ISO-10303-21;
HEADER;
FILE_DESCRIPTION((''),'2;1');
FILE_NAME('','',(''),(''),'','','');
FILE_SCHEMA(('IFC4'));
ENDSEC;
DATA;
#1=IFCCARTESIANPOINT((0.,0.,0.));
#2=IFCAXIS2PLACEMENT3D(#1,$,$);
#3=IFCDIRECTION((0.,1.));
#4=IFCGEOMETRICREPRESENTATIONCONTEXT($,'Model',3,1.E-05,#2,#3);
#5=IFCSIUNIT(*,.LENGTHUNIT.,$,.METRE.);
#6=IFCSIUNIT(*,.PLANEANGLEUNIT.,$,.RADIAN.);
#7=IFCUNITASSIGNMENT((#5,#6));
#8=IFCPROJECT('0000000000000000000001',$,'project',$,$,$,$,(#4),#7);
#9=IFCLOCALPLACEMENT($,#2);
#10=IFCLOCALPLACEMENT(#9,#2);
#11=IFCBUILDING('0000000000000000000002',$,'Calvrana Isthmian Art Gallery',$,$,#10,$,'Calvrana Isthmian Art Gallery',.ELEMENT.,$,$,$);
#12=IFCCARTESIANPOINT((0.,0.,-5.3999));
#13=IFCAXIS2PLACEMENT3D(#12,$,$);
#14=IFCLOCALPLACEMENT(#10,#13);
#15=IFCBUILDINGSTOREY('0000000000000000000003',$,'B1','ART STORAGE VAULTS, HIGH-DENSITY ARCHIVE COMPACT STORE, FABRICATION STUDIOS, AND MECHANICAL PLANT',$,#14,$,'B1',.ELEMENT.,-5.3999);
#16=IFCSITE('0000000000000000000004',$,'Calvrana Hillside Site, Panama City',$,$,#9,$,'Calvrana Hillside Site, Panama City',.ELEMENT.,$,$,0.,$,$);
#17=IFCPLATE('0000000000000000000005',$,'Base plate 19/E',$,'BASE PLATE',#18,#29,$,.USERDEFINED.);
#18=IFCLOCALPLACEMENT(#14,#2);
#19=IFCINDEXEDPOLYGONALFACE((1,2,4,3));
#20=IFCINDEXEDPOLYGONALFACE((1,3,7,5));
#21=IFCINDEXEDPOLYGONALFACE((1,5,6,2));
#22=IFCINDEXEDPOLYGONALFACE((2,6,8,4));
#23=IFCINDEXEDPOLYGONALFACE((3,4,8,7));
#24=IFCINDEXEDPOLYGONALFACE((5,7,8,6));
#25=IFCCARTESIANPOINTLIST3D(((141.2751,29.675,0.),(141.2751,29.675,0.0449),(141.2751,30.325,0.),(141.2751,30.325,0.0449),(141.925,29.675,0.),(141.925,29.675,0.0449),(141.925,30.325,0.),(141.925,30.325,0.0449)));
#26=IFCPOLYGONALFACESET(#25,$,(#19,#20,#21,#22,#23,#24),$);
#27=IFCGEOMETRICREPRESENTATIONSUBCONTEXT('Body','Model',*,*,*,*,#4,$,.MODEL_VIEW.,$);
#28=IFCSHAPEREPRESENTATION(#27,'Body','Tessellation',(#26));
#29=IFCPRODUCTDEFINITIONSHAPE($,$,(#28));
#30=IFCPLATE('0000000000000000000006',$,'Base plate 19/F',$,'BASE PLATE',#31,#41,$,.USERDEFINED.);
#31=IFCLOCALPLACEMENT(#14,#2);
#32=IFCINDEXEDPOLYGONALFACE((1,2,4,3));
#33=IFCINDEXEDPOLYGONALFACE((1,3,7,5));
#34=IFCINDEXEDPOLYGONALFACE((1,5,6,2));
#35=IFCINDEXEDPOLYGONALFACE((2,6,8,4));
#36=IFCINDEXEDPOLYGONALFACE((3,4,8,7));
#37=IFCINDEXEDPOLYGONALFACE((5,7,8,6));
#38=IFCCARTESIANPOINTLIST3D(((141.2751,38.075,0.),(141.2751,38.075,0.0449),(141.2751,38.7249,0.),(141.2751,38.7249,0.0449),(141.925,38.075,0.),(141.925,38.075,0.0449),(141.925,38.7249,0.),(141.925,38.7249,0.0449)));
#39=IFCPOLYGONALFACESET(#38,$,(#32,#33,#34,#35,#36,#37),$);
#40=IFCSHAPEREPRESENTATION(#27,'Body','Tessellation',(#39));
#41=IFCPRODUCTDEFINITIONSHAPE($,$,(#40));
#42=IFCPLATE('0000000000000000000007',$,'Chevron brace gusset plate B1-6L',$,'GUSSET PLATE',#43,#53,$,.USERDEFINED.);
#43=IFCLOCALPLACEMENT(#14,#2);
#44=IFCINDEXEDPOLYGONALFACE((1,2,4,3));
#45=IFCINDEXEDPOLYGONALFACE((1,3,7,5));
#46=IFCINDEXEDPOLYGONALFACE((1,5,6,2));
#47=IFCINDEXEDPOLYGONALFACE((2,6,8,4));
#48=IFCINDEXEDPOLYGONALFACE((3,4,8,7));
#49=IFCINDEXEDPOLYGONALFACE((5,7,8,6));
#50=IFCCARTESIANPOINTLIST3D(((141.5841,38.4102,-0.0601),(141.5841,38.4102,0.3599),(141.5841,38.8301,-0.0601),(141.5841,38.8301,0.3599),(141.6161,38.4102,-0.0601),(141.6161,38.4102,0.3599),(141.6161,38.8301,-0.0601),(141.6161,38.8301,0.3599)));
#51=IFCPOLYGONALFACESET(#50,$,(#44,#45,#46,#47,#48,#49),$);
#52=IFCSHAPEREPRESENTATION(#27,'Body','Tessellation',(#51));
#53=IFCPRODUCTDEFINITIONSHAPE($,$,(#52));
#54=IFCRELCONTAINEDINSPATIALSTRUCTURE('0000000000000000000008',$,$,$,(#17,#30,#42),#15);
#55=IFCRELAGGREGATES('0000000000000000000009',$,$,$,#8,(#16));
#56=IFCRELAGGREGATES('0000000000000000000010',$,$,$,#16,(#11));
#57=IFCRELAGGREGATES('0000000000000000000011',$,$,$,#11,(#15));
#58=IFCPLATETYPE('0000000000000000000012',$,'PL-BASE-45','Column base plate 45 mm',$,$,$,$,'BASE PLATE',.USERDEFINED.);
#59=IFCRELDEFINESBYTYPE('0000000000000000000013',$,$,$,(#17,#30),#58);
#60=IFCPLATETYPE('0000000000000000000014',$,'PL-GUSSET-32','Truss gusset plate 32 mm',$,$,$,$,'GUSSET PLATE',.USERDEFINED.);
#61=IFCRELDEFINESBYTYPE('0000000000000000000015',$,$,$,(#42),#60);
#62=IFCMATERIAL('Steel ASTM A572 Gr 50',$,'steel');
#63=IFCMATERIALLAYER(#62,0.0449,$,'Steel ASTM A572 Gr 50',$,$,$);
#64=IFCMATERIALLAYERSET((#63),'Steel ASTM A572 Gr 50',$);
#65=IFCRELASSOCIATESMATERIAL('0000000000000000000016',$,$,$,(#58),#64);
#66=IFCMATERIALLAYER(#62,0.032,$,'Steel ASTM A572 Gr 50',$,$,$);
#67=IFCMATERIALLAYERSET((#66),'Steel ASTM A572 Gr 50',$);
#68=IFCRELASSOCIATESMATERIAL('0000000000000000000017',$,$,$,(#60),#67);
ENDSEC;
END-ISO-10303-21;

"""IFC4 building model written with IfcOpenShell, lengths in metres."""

from ifc_helpers import new_model, si_unit, direction, frame, origin, origin_2d, place, context, subcontext, project, spatial, rectangle, extrude, material, layer, layer_set, type_object, element, save


model = new_model("IFC4")

# Units and contexts
model_context = context("Model", 3, precision=1e-05, world=origin(), true_north=direction((0.0, 1.0)))
body_context = subcontext(model_context, "Body", "Model", "MODEL_VIEW")
ifc_project = project(units=[si_unit("LENGTHUNIT", "METRE"), si_unit("PLANEANGLEUNIT", "RADIAN")], contexts=[model_context])

# Site, building, storey
site_placement = place(None, origin())
site = spatial("IfcSite", under=ifc_project, at=site_placement, Name="Calvrana Hillside Site, Panama City", LongName="Calvrana Hillside Site, Panama City", CompositionType="ELEMENT", RefElevation=0.0)
building_placement = place(site_placement, origin())
building = spatial("IfcBuilding", under=site, at=building_placement, Name="Calvrana Isthmian Art Gallery", LongName="Calvrana Isthmian Art Gallery", CompositionType="ELEMENT")
storey_placement = place(building_placement, frame((0.0, 0.0, -5.3999)))
storey = spatial("IfcBuildingStorey", under=building, at=storey_placement, Name="B1", Description="ART STORAGE VAULTS, HIGH-DENSITY ARCHIVE COMPACT STORE, FABRICATION STUDIOS, AND MECHANICAL PLANT", LongName="B1", CompositionType="ELEMENT", Elevation=-5.3999)

# Plates
ifc_material_1 = material(Name="Steel ASTM A572 Gr 50", Category="steel")
ifc_layer_1 = layer(ifc_material_1, 0.0449, Name="Steel ASTM A572 Gr 50")
ifc_layer_set_1 = layer_set([ifc_layer_1], Name="Steel ASTM A572 Gr 50")
plate_type_1 = type_object("IfcPlateType", Name="PL-BASE-45", Description="Column base plate 45 mm", ElementType="BASE PLATE", PredefinedType="USERDEFINED", material=ifc_layer_set_1)
for number, where, z_axis, x_axis, name in (
    (1, (141.6001, 30.0, 0.0), (0.0, 0.0, 1.0), (1.0, 0.0, 0.0), "Base plate 19/E"),
    (2, (141.6001, 38.3999, 0.0), (0.0, 0.0, 1.0), (1.0, 0.0, 0.0), "Base plate 19/F"),
):
    element("IfcPlate", number, at=place(storey_placement, frame(where, z_axis=z_axis, x_axis=x_axis)), inside=storey, type_object=plate_type_1, Name=name, ObjectType="BASE PLATE", PredefinedType="USERDEFINED", context=body_context, shape_type="SweptSolid", body=[
        extrude(rectangle(XDim=0.6499, YDim=0.6499, at=origin_2d()), origin(), (0.0, 0.0, 1.0), 0.0449),
    ])
ifc_layer_2 = layer(ifc_material_1, 0.032, Name="Steel ASTM A572 Gr 50")
ifc_layer_set_2 = layer_set([ifc_layer_2], Name="Steel ASTM A572 Gr 50")
plate_type_2 = type_object("IfcPlateType", Name="PL-GUSSET-32", Description="Truss gusset plate 32 mm", ElementType="GUSSET PLATE", PredefinedType="USERDEFINED", material=ifc_layer_set_2)
plate_placement = place(storey_placement, frame((141.6001, 38.6201, -0.0601), z_axis=(0.0, 0.0, 1.0), x_axis=(1.0, 0.0, 0.0)))
element("IfcPlate", 3, at=plate_placement, inside=storey, type_object=plate_type_2, Name="Chevron brace gusset plate B1-6L", ObjectType="GUSSET PLATE", PredefinedType="USERDEFINED", context=body_context, shape_type="SweptSolid", body=[
    extrude(rectangle(XDim=0.032, YDim=0.4199, at=origin_2d()), origin(), (0.0, 0.0, 1.0), 0.4199),
])

save(model, "model.ifc")
